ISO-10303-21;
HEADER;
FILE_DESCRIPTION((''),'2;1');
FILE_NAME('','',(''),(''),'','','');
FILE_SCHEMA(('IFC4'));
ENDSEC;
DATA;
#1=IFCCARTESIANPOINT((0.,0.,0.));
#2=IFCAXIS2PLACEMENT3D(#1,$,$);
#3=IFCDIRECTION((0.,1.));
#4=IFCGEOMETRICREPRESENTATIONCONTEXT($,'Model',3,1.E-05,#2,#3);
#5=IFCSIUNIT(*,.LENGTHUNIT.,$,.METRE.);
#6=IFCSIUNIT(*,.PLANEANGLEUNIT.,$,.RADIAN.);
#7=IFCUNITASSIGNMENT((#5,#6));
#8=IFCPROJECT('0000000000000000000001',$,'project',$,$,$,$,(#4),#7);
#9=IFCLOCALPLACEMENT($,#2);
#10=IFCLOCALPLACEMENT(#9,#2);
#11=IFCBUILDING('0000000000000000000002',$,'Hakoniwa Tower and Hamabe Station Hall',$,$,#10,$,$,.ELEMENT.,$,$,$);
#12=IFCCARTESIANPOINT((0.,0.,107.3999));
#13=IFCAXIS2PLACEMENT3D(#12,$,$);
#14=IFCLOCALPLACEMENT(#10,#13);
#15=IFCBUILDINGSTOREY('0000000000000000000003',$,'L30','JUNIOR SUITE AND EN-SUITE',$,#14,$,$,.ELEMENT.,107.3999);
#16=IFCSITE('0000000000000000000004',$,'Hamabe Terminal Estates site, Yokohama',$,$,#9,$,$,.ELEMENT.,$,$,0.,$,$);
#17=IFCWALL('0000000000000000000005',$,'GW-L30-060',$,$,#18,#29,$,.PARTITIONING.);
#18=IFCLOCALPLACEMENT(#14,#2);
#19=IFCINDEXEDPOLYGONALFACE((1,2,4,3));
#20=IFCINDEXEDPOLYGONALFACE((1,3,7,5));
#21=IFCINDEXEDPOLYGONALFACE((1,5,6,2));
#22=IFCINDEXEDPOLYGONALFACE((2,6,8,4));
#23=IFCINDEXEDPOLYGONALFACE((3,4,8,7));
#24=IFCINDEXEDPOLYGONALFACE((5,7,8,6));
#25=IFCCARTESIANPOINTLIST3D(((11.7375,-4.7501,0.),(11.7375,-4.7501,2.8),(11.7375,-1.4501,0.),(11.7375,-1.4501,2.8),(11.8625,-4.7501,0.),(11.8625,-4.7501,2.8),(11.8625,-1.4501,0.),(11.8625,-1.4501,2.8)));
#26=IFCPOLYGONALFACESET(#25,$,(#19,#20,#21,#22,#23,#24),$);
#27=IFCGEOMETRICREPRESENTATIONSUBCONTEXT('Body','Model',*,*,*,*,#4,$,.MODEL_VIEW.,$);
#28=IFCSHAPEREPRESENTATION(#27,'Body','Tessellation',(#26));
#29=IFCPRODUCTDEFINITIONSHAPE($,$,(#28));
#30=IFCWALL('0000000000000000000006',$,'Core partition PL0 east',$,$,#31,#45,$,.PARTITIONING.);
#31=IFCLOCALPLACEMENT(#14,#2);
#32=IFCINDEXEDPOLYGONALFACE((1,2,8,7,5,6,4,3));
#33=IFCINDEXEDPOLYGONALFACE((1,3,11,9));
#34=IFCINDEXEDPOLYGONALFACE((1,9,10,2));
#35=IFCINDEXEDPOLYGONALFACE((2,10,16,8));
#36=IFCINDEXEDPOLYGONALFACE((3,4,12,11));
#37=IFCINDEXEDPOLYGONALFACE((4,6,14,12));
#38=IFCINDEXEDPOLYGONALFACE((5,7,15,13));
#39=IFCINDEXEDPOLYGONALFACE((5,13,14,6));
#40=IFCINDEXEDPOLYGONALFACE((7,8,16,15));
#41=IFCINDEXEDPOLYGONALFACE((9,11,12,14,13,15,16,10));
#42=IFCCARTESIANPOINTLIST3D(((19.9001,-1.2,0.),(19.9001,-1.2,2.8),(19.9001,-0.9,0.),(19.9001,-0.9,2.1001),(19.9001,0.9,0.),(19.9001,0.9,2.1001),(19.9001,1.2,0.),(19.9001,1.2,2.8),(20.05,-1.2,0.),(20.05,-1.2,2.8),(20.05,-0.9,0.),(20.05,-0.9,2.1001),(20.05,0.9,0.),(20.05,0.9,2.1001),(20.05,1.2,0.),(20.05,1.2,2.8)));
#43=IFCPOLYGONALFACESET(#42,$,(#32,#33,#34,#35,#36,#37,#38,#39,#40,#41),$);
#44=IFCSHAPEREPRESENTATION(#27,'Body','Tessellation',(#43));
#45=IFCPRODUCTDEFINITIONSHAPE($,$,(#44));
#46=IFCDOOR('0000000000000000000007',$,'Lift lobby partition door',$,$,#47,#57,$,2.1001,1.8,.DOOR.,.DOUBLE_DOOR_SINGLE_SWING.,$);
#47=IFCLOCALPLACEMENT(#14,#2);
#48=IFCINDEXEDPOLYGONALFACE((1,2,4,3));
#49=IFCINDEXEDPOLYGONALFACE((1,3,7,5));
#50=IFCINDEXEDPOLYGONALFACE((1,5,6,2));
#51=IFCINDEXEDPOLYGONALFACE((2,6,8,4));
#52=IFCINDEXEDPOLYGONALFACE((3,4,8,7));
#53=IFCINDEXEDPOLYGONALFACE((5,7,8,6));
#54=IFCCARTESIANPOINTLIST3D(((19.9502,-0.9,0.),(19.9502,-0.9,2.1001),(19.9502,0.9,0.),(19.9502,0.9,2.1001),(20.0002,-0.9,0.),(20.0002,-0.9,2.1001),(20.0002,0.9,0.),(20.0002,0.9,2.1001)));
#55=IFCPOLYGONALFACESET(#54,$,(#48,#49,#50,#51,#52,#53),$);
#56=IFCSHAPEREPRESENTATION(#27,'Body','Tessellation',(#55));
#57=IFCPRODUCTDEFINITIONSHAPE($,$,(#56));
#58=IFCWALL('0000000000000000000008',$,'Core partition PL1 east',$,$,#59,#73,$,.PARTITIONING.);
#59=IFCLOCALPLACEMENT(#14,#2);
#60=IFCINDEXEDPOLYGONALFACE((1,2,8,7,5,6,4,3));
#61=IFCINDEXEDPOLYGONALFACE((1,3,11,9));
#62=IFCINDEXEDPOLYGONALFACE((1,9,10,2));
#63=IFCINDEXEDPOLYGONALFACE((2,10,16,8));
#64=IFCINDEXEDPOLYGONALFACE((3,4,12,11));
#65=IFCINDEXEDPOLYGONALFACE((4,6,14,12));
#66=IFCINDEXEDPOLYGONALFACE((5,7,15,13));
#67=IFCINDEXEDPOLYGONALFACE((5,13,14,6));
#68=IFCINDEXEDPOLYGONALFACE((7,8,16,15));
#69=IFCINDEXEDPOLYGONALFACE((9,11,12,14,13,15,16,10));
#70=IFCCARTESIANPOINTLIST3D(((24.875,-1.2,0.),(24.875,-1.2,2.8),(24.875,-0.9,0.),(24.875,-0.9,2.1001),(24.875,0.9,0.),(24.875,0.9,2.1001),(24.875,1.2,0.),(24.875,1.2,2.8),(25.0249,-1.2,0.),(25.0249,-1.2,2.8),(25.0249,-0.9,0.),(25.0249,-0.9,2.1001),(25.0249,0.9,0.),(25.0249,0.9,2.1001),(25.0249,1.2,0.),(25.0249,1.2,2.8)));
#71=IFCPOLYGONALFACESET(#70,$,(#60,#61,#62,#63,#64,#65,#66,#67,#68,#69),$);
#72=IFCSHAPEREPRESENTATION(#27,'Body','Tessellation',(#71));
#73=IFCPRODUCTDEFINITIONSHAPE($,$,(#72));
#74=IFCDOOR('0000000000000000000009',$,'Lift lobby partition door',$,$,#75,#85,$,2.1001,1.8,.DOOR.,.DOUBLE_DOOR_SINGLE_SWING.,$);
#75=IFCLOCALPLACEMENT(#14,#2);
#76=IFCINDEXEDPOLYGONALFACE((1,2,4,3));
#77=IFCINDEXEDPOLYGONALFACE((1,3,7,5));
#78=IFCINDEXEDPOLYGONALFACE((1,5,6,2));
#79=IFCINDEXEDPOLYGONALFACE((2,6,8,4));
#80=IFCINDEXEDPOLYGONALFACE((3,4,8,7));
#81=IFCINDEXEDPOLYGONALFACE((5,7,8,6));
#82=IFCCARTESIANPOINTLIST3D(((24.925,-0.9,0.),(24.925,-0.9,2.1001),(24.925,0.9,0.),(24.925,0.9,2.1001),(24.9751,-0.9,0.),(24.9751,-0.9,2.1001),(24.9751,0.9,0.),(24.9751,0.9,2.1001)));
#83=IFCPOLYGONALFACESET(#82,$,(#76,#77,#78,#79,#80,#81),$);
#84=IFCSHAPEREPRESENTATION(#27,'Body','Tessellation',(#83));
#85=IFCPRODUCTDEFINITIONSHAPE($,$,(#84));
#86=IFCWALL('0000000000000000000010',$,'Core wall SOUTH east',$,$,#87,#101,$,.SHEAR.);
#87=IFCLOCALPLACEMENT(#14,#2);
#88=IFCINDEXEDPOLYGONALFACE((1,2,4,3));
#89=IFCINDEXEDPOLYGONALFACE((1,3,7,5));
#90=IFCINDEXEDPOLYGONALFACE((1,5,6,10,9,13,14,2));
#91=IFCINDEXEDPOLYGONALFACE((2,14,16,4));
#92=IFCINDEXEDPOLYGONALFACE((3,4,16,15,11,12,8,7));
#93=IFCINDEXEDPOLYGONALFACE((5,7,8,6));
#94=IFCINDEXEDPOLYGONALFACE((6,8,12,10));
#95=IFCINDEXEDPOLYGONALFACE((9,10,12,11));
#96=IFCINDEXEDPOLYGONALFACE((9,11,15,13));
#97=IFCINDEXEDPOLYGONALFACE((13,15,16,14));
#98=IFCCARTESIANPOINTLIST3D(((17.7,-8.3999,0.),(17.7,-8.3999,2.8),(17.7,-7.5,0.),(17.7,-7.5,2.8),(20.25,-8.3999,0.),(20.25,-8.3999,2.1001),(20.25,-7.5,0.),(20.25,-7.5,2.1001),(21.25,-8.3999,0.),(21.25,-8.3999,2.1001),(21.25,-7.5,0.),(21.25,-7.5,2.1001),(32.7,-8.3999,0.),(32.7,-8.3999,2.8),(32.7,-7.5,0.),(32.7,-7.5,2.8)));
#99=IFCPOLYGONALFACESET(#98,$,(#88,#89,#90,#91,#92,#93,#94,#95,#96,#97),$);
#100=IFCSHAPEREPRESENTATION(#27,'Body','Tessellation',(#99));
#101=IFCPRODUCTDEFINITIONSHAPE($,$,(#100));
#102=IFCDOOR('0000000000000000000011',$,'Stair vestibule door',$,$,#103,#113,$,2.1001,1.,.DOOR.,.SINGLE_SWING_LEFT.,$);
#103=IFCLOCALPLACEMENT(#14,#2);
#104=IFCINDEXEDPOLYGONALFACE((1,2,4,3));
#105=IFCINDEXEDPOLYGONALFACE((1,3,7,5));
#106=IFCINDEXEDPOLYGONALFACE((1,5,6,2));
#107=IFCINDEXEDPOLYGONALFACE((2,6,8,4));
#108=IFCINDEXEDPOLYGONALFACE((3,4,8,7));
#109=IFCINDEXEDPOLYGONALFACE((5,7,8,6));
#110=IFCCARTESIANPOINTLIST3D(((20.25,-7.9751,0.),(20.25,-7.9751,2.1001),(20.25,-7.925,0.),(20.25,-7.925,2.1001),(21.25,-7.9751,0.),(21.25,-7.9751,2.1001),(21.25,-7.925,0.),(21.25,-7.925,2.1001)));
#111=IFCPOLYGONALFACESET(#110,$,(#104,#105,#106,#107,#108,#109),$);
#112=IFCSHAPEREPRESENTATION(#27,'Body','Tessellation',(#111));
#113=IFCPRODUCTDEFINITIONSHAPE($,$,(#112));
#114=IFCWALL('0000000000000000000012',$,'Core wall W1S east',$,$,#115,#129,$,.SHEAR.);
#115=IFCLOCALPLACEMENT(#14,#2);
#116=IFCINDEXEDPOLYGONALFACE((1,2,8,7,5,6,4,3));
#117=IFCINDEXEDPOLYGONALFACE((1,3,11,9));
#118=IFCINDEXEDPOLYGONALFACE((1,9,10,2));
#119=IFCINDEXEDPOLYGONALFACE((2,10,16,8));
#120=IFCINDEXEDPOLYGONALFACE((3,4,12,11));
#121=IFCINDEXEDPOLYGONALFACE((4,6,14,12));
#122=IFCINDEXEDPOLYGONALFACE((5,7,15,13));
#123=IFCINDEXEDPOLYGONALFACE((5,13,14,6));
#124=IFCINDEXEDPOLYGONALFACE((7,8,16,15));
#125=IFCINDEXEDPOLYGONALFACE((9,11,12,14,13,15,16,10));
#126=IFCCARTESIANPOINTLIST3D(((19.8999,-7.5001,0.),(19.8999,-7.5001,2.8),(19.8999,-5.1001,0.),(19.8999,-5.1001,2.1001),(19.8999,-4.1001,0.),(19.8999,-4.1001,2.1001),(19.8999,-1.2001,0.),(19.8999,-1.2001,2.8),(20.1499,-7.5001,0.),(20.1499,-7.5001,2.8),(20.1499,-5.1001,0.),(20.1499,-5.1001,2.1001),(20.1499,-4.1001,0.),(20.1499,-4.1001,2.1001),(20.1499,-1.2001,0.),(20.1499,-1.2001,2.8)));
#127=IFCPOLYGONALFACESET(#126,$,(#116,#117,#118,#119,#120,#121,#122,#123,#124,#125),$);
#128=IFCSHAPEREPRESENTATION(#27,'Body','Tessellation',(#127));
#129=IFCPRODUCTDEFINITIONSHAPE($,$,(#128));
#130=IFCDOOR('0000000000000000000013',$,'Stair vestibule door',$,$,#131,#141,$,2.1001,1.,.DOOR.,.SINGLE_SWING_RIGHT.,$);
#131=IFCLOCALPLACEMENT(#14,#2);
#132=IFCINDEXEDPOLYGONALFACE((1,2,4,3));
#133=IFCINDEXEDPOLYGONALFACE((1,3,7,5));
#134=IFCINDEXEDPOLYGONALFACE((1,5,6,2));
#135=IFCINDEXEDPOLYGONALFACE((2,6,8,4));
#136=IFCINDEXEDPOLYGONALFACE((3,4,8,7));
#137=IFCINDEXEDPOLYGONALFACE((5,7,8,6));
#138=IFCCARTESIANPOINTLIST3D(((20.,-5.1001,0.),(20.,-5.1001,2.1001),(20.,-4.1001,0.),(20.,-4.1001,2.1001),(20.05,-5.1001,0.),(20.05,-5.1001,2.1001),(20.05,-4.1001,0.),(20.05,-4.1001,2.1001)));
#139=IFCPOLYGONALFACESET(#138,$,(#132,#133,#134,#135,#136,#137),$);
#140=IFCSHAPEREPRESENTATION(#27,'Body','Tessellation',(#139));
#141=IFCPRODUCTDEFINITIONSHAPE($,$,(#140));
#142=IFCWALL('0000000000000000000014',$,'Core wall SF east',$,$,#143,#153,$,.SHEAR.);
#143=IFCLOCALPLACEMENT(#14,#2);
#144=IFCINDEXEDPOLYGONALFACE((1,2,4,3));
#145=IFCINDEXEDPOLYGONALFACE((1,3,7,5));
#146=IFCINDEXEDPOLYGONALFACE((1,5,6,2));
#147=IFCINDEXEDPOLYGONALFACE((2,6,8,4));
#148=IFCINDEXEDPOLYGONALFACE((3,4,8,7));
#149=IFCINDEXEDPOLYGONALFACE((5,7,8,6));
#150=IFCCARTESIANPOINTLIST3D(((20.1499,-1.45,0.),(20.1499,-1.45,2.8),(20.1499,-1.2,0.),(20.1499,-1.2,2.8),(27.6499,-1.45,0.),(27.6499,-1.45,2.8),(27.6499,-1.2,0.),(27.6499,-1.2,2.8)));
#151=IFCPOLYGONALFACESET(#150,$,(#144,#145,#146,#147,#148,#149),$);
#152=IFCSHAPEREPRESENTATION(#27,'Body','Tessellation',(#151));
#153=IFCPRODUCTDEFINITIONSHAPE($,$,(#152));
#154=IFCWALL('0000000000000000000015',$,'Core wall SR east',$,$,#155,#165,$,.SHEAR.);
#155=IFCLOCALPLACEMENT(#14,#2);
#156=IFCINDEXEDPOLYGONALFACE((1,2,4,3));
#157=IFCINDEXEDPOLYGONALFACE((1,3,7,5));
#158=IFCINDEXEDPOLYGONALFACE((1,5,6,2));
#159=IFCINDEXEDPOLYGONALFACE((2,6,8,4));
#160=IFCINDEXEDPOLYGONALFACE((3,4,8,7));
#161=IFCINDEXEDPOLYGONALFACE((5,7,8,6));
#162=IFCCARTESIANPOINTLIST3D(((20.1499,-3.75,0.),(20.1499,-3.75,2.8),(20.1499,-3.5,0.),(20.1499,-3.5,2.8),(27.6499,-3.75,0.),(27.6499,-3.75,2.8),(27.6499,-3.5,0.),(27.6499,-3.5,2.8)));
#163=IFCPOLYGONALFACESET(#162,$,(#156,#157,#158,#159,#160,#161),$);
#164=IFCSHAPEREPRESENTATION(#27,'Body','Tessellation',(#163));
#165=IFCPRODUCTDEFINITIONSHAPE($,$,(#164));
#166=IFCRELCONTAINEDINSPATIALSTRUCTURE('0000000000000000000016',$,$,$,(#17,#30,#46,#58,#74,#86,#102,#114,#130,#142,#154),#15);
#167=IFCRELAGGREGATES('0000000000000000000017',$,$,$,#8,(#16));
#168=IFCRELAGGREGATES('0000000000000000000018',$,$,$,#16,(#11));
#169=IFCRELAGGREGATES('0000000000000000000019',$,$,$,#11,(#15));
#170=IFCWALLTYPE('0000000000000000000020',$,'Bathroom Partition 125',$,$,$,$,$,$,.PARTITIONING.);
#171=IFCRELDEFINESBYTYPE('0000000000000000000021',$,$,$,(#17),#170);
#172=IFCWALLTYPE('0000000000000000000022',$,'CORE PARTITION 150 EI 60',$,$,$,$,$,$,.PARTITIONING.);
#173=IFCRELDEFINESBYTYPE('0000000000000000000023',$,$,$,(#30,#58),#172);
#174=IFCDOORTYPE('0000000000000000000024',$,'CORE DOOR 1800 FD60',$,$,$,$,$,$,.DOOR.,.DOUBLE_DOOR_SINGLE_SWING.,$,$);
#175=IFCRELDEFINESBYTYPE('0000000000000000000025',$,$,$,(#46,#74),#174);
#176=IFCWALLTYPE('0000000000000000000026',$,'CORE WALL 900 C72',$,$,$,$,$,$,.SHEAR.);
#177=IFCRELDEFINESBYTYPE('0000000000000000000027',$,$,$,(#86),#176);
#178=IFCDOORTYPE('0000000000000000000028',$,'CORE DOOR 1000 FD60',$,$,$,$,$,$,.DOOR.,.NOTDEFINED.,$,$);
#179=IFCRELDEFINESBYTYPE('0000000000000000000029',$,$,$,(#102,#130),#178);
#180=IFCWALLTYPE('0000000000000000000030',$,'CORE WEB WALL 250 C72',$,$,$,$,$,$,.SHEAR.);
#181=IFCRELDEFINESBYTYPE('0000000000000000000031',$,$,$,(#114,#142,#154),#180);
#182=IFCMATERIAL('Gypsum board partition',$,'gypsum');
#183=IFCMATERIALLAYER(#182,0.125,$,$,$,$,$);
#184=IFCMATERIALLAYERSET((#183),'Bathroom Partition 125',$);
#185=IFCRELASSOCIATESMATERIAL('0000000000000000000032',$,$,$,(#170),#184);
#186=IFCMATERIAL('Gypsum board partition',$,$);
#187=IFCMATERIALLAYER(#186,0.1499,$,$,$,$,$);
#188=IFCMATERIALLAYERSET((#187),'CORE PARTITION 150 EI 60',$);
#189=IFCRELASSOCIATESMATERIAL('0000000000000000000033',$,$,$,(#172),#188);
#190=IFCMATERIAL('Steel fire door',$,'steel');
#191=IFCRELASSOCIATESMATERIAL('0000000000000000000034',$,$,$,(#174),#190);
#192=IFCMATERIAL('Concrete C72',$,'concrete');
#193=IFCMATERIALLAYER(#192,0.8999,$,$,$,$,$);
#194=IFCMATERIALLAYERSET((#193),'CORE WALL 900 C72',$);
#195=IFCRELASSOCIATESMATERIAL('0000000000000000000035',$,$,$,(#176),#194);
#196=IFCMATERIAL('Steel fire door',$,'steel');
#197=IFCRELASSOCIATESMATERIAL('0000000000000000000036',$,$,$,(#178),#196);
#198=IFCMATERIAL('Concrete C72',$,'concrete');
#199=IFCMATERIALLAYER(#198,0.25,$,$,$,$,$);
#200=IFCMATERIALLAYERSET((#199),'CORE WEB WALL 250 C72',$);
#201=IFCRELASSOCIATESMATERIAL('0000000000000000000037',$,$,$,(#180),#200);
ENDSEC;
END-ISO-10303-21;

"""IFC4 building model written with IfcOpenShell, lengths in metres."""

from ifc_helpers import new_model, si_unit, direction, frame, frame_2d, origin, place, context, subcontext, project, spatial, rectangle, extrude, material, layer, layer_set, type_object, element, fill, save


model = new_model("IFC4")

# Units and contexts
model_context = context("Model", 3, precision=1e-05, world=origin(), true_north=direction((0.0, 1.0)))
body_context = subcontext(model_context, "Body", "Model", "MODEL_VIEW")
ifc_project = project(units=[si_unit("LENGTHUNIT", "METRE"), si_unit("PLANEANGLEUNIT", "RADIAN")], contexts=[model_context])

# Site, building, storey
site_placement = place(None, origin())
site = spatial("IfcSite", under=ifc_project, at=site_placement, Name="Hamabe Terminal Estates site, Yokohama", CompositionType="ELEMENT", RefElevation=0.0)
building_placement = place(site_placement, origin())
building = spatial("IfcBuilding", under=site, at=building_placement, Name="Hakoniwa Tower and Hamabe Station Hall", CompositionType="ELEMENT")
storey_placement = place(building_placement, frame((0.0, 0.0, 107.3999)))
storey = spatial("IfcBuildingStorey", under=building, at=storey_placement, Name="L30", Description="JUNIOR SUITE AND EN-SUITE", CompositionType="ELEMENT", Elevation=107.3999)

# Wall
ifc_material_1 = material(Name="Gypsum board partition", Category="gypsum")
ifc_layer_1 = layer(ifc_material_1, 0.125)
ifc_layer_set_1 = layer_set([ifc_layer_1], Name="Bathroom Partition 125")
wall_type_1 = type_object("IfcWallType", Name="Bathroom Partition 125", PredefinedType="PARTITIONING", material=ifc_layer_set_1)
wall_1_placement = place(storey_placement, frame((11.8, -4.75, 0.0), z_axis=(0.0, 0.0, 1.0), x_axis=(0.0, 1.0, 0.0)))
element("IfcWall", 1, at=wall_1_placement, inside=storey, type_object=wall_type_1, Name="GW-L30-060", PredefinedType="PARTITIONING", context=body_context, shape_type="SweptSolid", body=[
    extrude(rectangle(XDim=3.3, YDim=0.125, at=frame_2d((1.6499, 0.0))), origin(), (0.0, 0.0, 1.0), 2.8),
])

# Walls, openings, doors
ifc_material_2 = material(Name="Gypsum board partition")
ifc_layer_2 = layer(ifc_material_2, 0.1499)
ifc_layer_set_2 = layer_set([ifc_layer_2], Name="CORE PARTITION 150 EI 60")
wall_type_2 = type_object("IfcWallType", Name="CORE PARTITION 150 EI 60", PredefinedType="PARTITIONING", material=ifc_layer_set_2)
wall_2_placement = place(storey_placement, frame((19.9751, -1.2, 0.0), z_axis=(0.0, 0.0, 1.0), x_axis=(0.0, 1.0, 0.0)))
wall_2 = element("IfcWall", 2, at=wall_2_placement, inside=storey, type_object=wall_type_2, Name="Core partition PL0 east", PredefinedType="PARTITIONING", context=body_context, shape_type="SweptSolid", body=[
    extrude(rectangle(XDim=2.3999, YDim=0.1499, at=frame_2d((1.2, 0.0))), origin(), (0.0, 0.0, 1.0), 2.8),
])
opening_1_placement = place(wall_2_placement, frame((0.3, 0.0, 0.0)))
opening_1 = element("IfcOpeningElement", 3, at=opening_1_placement, cuts=wall_2, PredefinedType="OPENING", context=body_context, shape_type="SweptSolid", body=[
    extrude(rectangle(XDim=1.8, YDim=2.1001, at=frame_2d((0.8999, 1.05))), frame((0.0, 0.085, 0.0), z_axis=(0.0, -1.0, 0.0), x_axis=(1.0, 0.0, 0.0)), (0.0, 0.0, 1.0), 0.1699),
])
ifc_material_3 = material(Name="Steel fire door", Category="steel")
door_type_1 = type_object("IfcDoorType", Name="CORE DOOR 1800 FD60", OperationType="DOUBLE_DOOR_SINGLE_SWING", PredefinedType="DOOR", material=ifc_material_3)
door_1_placement = place(opening_1_placement, origin())
door_1 = element("IfcDoor", 4, at=door_1_placement, inside=storey, type_object=door_type_1, Name="Lift lobby partition door", OperationType="DOUBLE_DOOR_SINGLE_SWING", OverallHeight=2.1001, OverallWidth=1.8, PredefinedType="DOOR", context=body_context, shape_type="SweptSolid", body=[
    extrude(rectangle(XDim=1.8, YDim=2.1001, at=frame_2d((0.8999, 1.05))), frame((0.0, 0.0249, 0.0), z_axis=(0.0, -1.0, 0.0), x_axis=(1.0, 0.0, 0.0)), (0.0, 0.0, 1.0), 0.05),
])
fill(opening_1, door_1)
wall_3_placement = place(storey_placement, frame((24.95, -1.2, 0.0), z_axis=(0.0, 0.0, 1.0), x_axis=(0.0, 1.0, 0.0)))
wall_3 = element("IfcWall", 5, at=wall_3_placement, inside=storey, type_object=wall_type_2, Name="Core partition PL1 east", PredefinedType="PARTITIONING", context=body_context, shape_type="SweptSolid", body=[
    extrude(rectangle(XDim=2.3999, YDim=0.1499, at=frame_2d((1.2, 0.0))), origin(), (0.0, 0.0, 1.0), 2.8),
])
opening_2_placement = place(wall_3_placement, frame((0.3, 0.0, 0.0)))
opening_2 = element("IfcOpeningElement", 6, at=opening_2_placement, cuts=wall_3, PredefinedType="OPENING", context=body_context, shape_type="SweptSolid", body=[
    extrude(rectangle(XDim=1.8, YDim=2.1001, at=frame_2d((0.8999, 1.05))), frame((0.0, 0.085, 0.0), z_axis=(0.0, -1.0, 0.0), x_axis=(1.0, 0.0, 0.0)), (0.0, 0.0, 1.0), 0.1699),
])
door_2_placement = place(opening_2_placement, origin())
door_2 = element("IfcDoor", 7, at=door_2_placement, inside=storey, type_object=door_type_1, Name="Lift lobby partition door", OperationType="DOUBLE_DOOR_SINGLE_SWING", OverallHeight=2.1001, OverallWidth=1.8, PredefinedType="DOOR", context=body_context, shape_type="SweptSolid", body=[
    extrude(rectangle(XDim=1.8, YDim=2.1001, at=frame_2d((0.8999, 1.05))), frame((0.0, 0.0249, 0.0), z_axis=(0.0, -1.0, 0.0), x_axis=(1.0, 0.0, 0.0)), (0.0, 0.0, 1.0), 0.05),
])
fill(opening_2, door_2)
ifc_material_4 = material(Name="Concrete C72", Category="concrete")
ifc_layer_3 = layer(ifc_material_4, 0.8999)
ifc_layer_set_3 = layer_set([ifc_layer_3], Name="CORE WALL 900 C72")
wall_type_3 = type_object("IfcWallType", Name="CORE WALL 900 C72", PredefinedType="SHEAR", material=ifc_layer_set_3)
wall_4_placement = place(storey_placement, frame((17.7, -7.95, 0.0), z_axis=(0.0, 0.0, 1.0), x_axis=(1.0, 0.0, 0.0)))
wall_4 = element("IfcWall", 8, at=wall_4_placement, inside=storey, type_object=wall_type_3, Name="Core wall SOUTH east", PredefinedType="SHEAR", context=body_context, shape_type="SweptSolid", body=[
    extrude(rectangle(XDim=15.0, YDim=0.8999, at=frame_2d((7.5, 0.0))), origin(), (0.0, 0.0, 1.0), 2.8),
])
opening_3_placement = place(wall_4_placement, frame((2.55, 0.0, 0.0)))
opening_3 = element("IfcOpeningElement", 9, at=opening_3_placement, cuts=wall_4, PredefinedType="OPENING", context=body_context, shape_type="SweptSolid", body=[
    extrude(rectangle(XDim=1.0, YDim=2.1001, at=frame_2d((0.5, 1.05))), frame((0.0, 0.46, 0.0), z_axis=(0.0, -1.0, 0.0), x_axis=(1.0, 0.0, 0.0)), (0.0, 0.0, 1.0), 0.9199),
])
ifc_material_5 = material(Name="Steel fire door", Category="steel")
door_type_2 = type_object("IfcDoorType", Name="CORE DOOR 1000 FD60", OperationType="NOTDEFINED", PredefinedType="DOOR", material=ifc_material_5)
door_3_placement = place(opening_3_placement, origin())
door_3 = element("IfcDoor", 10, at=door_3_placement, inside=storey, type_object=door_type_2, Name="Stair vestibule door", OperationType="SINGLE_SWING_LEFT", OverallHeight=2.1001, OverallWidth=1.0, PredefinedType="DOOR", context=body_context, shape_type="SweptSolid", body=[
    extrude(rectangle(XDim=1.0, YDim=2.1001, at=frame_2d((0.5, 1.05))), frame((0.0, 0.0249, 0.0), z_axis=(0.0, -1.0, 0.0), x_axis=(1.0, 0.0, 0.0)), (0.0, 0.0, 1.0), 0.05),
])
fill(opening_3, door_3)
ifc_material_6 = material(Name="Concrete C72", Category="concrete")
ifc_layer_4 = layer(ifc_material_6, 0.25)
ifc_layer_set_4 = layer_set([ifc_layer_4], Name="CORE WEB WALL 250 C72")
wall_type_4 = type_object("IfcWallType", Name="CORE WEB WALL 250 C72", PredefinedType="SHEAR", material=ifc_layer_set_4)
wall_5_placement = place(storey_placement, frame((20.0249, -7.5, 0.0), z_axis=(0.0, 0.0, 1.0), x_axis=(0.0, 1.0, 0.0)))
wall_5 = element("IfcWall", 11, at=wall_5_placement, inside=storey, type_object=wall_type_4, Name="Core wall W1S east", PredefinedType="SHEAR", context=body_context, shape_type="SweptSolid", body=[
    extrude(rectangle(XDim=6.3, YDim=0.25, at=frame_2d((3.1499, 0.0))), origin(), (0.0, 0.0, 1.0), 2.8),
])
opening_4_placement = place(wall_5_placement, frame((2.3999, 0.0, 0.0)))
opening_4 = element("IfcOpeningElement", 12, at=opening_4_placement, cuts=wall_5, PredefinedType="OPENING", context=body_context, shape_type="SweptSolid", body=[
    extrude(rectangle(XDim=1.0, YDim=2.1001, at=frame_2d((0.5, 1.05))), frame((0.0, 0.135, 0.0), z_axis=(0.0, -1.0, 0.0), x_axis=(1.0, 0.0, 0.0)), (0.0, 0.0, 1.0), 0.27),
])
door_4_placement = place(opening_4_placement, origin())
door_4 = element("IfcDoor", 13, at=door_4_placement, inside=storey, type_object=door_type_2, Name="Stair vestibule door", OperationType="SINGLE_SWING_RIGHT", OverallHeight=2.1001, OverallWidth=1.0, PredefinedType="DOOR", context=body_context, shape_type="SweptSolid", body=[
    extrude(rectangle(XDim=1.0, YDim=2.1001, at=frame_2d((0.5, 1.05))), frame((0.0, 0.0249, 0.0), z_axis=(0.0, -1.0, 0.0), x_axis=(1.0, 0.0, 0.0)), (0.0, 0.0, 1.0), 0.05),
])
fill(opening_4, door_4)

# Walls
for number, where, z_axis, x_axis, name in (
    (14, (20.1499, -1.325, 0.0), (0.0, 0.0, 1.0), (1.0, 0.0, 0.0), "Core wall SF east"),
    (15, (20.1499, -3.625, 0.0), (0.0, 0.0, 1.0), (1.0, 0.0, 0.0), "Core wall SR east"),
):
    element("IfcWall", number, at=place(storey_placement, frame(where, z_axis=z_axis, x_axis=x_axis)), inside=storey, type_object=wall_type_4, Name=name, PredefinedType="SHEAR", context=body_context, shape_type="SweptSolid", body=[
        extrude(rectangle(XDim=7.5, YDim=0.25, at=frame_2d((3.75, 0.0))), origin(), (0.0, 0.0, 1.0), 2.8),
    ])

save(model, "model.ifc")
